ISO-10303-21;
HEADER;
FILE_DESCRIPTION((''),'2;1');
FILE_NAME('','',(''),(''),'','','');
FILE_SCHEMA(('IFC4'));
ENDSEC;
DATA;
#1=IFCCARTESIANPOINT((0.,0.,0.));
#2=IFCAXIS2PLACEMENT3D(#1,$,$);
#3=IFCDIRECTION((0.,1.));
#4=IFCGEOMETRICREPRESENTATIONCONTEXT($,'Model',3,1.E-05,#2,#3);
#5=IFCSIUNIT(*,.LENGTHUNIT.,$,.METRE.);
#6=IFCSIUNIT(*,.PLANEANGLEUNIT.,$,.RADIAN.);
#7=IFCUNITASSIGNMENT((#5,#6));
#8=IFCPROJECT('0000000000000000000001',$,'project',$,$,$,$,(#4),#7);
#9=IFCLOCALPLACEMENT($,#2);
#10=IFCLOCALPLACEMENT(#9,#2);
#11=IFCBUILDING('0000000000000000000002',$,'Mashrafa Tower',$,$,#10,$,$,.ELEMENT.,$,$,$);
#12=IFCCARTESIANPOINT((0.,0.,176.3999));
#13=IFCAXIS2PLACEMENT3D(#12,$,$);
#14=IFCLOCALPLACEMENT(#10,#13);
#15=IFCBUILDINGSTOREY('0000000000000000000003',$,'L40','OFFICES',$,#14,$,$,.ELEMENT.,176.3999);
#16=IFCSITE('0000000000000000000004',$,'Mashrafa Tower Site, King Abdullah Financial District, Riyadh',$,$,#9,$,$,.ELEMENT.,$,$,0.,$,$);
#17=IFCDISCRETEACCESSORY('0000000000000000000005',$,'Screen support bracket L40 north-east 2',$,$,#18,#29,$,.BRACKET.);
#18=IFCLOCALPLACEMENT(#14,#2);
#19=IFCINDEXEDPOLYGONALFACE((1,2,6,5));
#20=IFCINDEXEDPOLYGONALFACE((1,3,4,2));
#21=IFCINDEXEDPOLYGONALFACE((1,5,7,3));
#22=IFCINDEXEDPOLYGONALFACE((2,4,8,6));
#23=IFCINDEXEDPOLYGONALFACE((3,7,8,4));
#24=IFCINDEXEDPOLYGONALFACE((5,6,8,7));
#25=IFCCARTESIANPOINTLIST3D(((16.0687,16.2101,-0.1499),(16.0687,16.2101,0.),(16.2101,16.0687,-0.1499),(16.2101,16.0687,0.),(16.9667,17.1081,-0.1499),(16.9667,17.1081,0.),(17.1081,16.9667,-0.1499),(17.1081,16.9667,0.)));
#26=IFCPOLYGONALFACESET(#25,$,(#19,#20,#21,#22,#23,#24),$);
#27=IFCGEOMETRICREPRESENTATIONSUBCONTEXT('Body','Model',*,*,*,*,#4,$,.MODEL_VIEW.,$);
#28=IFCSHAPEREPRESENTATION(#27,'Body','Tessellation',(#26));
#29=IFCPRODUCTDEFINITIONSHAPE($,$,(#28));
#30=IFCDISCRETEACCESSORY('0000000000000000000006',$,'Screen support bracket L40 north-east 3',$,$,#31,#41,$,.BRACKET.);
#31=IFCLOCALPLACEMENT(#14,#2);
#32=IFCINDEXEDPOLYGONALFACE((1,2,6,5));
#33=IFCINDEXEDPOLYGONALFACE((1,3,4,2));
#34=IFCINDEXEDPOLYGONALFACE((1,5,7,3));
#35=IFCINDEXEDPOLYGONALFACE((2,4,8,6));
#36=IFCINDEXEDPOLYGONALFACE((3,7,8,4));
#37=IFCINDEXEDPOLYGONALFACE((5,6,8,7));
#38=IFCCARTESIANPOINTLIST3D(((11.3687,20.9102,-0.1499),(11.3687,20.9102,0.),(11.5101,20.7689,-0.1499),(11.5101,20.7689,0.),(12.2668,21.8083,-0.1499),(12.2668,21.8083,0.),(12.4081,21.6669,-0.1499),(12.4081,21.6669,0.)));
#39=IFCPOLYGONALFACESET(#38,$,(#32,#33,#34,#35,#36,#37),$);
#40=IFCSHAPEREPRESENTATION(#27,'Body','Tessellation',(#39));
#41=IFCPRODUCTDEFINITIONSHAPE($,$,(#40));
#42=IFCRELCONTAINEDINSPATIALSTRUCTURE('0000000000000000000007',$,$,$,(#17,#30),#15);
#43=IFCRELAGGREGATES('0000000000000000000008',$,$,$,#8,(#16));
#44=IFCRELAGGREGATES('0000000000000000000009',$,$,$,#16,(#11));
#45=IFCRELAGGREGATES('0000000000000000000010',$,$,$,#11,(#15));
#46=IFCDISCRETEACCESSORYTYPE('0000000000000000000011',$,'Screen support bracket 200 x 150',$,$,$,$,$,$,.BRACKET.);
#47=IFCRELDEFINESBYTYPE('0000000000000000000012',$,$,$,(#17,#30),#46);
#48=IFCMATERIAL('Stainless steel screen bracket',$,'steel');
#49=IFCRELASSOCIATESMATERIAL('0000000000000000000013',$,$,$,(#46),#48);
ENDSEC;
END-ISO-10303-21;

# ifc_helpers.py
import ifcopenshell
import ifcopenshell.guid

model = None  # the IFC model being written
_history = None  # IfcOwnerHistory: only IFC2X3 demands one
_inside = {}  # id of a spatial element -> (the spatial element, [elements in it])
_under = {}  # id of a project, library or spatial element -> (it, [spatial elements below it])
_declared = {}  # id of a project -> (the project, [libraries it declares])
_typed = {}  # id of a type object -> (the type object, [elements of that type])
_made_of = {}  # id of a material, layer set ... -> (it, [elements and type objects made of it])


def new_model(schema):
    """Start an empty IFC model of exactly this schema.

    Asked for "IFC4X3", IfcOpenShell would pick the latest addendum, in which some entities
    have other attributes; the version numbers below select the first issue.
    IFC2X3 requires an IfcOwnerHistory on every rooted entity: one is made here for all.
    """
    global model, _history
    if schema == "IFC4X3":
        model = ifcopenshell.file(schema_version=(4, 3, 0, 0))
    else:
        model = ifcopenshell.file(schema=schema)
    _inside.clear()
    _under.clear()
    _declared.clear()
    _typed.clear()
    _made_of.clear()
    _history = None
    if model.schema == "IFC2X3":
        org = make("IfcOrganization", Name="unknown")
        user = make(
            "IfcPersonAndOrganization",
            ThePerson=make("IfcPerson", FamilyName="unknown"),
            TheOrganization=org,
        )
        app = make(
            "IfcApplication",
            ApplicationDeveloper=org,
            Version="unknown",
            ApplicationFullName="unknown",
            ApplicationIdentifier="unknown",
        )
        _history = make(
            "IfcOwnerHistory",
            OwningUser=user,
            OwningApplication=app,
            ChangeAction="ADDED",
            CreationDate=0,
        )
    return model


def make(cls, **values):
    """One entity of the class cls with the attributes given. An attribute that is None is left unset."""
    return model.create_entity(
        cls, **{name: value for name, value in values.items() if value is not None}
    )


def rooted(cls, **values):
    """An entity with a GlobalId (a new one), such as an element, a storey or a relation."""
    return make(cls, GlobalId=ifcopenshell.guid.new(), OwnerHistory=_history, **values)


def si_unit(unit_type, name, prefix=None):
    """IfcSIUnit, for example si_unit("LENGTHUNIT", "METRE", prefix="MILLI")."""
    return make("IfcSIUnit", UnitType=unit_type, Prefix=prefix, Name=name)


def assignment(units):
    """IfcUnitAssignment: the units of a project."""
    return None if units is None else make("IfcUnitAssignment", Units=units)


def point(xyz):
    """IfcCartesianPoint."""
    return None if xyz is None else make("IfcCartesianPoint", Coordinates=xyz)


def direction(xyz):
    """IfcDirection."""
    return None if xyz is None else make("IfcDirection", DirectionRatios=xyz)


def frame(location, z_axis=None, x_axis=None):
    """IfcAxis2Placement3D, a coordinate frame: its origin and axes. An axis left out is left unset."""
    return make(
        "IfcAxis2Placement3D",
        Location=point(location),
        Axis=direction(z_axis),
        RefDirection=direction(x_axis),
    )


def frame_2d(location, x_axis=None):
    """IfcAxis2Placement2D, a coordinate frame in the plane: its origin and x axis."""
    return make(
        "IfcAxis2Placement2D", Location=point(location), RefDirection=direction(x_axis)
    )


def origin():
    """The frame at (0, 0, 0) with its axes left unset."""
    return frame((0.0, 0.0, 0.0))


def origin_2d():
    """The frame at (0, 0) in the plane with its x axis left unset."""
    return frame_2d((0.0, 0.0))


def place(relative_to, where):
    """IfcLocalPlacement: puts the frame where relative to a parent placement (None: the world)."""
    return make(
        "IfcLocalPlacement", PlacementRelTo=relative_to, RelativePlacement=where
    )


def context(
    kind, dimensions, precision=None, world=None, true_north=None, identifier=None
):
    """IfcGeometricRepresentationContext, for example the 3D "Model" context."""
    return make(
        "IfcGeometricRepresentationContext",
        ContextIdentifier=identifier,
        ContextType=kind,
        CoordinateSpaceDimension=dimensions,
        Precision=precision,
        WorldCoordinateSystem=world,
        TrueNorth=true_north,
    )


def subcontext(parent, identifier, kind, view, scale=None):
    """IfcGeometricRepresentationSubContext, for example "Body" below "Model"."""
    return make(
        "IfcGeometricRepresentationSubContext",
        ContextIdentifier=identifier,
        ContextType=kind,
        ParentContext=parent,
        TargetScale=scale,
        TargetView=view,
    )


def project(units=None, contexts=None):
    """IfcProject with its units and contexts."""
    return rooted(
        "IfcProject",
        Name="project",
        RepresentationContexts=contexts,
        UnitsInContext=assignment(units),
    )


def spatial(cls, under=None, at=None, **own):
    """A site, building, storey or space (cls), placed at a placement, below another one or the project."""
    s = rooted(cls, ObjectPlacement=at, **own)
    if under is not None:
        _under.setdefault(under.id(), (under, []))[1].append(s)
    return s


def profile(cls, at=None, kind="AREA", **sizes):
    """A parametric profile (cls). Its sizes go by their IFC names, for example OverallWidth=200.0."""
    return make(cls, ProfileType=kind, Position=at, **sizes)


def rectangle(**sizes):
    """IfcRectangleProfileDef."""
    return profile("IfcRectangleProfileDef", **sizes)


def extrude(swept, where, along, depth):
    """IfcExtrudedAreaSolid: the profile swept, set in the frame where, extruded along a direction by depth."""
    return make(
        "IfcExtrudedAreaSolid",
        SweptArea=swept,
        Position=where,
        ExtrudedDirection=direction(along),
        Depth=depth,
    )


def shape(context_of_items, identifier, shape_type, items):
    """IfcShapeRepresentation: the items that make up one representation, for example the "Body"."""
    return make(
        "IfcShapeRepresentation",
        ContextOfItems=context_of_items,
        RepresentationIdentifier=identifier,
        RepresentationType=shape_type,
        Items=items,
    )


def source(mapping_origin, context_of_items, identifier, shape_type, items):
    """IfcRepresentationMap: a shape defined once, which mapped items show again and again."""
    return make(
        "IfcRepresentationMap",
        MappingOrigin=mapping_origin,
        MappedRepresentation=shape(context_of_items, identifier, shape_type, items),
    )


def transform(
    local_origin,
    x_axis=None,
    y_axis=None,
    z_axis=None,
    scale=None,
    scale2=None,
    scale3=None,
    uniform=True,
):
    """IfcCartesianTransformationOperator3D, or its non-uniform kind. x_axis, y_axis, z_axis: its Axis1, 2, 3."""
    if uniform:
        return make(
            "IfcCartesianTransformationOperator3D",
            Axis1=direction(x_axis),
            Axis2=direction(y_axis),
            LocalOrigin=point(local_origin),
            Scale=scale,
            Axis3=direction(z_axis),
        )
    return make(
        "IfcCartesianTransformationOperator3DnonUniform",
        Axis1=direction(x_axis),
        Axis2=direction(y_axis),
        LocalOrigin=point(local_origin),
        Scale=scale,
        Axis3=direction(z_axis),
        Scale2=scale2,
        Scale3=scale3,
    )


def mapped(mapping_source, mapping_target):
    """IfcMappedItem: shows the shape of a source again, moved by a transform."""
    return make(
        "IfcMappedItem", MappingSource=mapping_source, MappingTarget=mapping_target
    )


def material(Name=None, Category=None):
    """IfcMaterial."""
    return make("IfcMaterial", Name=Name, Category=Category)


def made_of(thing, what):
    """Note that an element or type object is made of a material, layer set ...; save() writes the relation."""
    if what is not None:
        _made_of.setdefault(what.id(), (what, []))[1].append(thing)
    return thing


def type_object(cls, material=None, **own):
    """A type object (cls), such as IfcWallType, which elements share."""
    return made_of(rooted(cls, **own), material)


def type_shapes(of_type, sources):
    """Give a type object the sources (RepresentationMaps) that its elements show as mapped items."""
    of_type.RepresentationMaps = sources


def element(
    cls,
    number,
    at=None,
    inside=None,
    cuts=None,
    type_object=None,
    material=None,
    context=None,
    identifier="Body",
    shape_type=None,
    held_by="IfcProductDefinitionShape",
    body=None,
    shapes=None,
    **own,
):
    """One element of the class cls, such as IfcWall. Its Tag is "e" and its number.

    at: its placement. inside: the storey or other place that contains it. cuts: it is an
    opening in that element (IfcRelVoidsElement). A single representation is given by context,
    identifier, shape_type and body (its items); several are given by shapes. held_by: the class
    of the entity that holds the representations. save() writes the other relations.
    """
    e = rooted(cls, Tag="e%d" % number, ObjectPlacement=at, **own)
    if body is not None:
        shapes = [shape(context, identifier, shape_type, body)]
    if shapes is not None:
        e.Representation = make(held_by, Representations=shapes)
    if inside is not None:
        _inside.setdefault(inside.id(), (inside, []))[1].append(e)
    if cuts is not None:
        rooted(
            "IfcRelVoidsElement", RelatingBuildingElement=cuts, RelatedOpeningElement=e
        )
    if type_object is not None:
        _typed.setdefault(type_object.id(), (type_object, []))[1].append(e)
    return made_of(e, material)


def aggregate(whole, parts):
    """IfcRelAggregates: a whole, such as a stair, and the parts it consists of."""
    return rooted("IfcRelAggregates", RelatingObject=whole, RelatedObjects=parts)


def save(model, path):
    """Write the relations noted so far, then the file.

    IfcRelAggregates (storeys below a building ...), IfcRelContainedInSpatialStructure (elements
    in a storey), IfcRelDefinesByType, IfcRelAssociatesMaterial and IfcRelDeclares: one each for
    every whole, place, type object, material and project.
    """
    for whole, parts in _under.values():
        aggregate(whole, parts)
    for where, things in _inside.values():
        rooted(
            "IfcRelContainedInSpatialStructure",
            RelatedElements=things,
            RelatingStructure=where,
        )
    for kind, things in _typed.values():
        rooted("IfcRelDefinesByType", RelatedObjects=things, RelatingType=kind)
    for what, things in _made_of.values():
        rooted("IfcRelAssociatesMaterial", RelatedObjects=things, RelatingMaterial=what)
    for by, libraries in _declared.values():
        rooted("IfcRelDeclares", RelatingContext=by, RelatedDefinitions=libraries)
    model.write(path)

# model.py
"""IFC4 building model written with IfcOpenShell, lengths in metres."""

from ifc_helpers import new_model, si_unit, direction, frame, origin, origin_2d, place, context, subcontext, project, spatial, rectangle, extrude, source, transform, mapped, material, type_object, type_shapes, element, save


model = new_model("IFC4")

# Units and contexts
model_context = context("Model", 3, precision=1e-05, world=origin(), true_north=direction((0.0, 1.0)))
body_context = subcontext(model_context, "Body", "Model", "MODEL_VIEW")
ifc_project = project(units=[si_unit("LENGTHUNIT", "METRE"), si_unit("PLANEANGLEUNIT", "RADIAN")], contexts=[model_context])

# Site, building, storey
site_placement = place(None, origin())
site = spatial("IfcSite", under=ifc_project, at=site_placement, Name="Mashrafa Tower Site, King Abdullah Financial District, Riyadh", CompositionType="ELEMENT", RefElevation=0.0)
building_placement = place(site_placement, origin())
building = spatial("IfcBuilding", under=site, at=building_placement, Name="Mashrafa Tower", CompositionType="ELEMENT")
storey_placement = place(building_placement, frame((0.0, 0.0, 176.3999)))
storey = spatial("IfcBuildingStorey", under=building, at=storey_placement, Name="L40", Description="OFFICES", CompositionType="ELEMENT", Elevation=176.3999)

# Discrete accessories
ifc_material_1 = material(Name="Stainless steel screen bracket", Category="steel")
discrete_accessory_type = type_object("IfcDiscreteAccessoryType", Name="Screen support bracket 200 x 150", PredefinedType="BRACKET", material=ifc_material_1)
shared_shape_1 = source(origin(), body_context, "Body", "SweptSolid", [
    extrude(rectangle(XDim=0.2, YDim=1.27, at=origin_2d()), origin(), (0.0, 0.0, 1.0), 0.1499),
])
type_shapes(discrete_accessory_type, [shared_shape_1])
for number, where, z_axis, x_axis, name in (
    (1, (16.5884, 16.5884, -0.1499), (0.0, 0.0, 1.0), (-0.707107, 0.707107, 0.0), "Screen support bracket L40 north-east 2"),
    (2, (11.8884, 21.2886, -0.1499), (0.0, 0.0, 1.0), (-0.707107, 0.707107, 0.0), "Screen support bracket L40 north-east 3"),
):
    element("IfcDiscreteAccessory", number, at=place(storey_placement, frame(where, z_axis=z_axis, x_axis=x_axis)), inside=storey, type_object=discrete_accessory_type, Name=name, PredefinedType="BRACKET", context=body_context, shape_type="MappedRepresentation", body=[
        mapped(shared_shape_1, transform((0.0, 0.0, 0.0))),
    ])

save(model, "model.ifc")
